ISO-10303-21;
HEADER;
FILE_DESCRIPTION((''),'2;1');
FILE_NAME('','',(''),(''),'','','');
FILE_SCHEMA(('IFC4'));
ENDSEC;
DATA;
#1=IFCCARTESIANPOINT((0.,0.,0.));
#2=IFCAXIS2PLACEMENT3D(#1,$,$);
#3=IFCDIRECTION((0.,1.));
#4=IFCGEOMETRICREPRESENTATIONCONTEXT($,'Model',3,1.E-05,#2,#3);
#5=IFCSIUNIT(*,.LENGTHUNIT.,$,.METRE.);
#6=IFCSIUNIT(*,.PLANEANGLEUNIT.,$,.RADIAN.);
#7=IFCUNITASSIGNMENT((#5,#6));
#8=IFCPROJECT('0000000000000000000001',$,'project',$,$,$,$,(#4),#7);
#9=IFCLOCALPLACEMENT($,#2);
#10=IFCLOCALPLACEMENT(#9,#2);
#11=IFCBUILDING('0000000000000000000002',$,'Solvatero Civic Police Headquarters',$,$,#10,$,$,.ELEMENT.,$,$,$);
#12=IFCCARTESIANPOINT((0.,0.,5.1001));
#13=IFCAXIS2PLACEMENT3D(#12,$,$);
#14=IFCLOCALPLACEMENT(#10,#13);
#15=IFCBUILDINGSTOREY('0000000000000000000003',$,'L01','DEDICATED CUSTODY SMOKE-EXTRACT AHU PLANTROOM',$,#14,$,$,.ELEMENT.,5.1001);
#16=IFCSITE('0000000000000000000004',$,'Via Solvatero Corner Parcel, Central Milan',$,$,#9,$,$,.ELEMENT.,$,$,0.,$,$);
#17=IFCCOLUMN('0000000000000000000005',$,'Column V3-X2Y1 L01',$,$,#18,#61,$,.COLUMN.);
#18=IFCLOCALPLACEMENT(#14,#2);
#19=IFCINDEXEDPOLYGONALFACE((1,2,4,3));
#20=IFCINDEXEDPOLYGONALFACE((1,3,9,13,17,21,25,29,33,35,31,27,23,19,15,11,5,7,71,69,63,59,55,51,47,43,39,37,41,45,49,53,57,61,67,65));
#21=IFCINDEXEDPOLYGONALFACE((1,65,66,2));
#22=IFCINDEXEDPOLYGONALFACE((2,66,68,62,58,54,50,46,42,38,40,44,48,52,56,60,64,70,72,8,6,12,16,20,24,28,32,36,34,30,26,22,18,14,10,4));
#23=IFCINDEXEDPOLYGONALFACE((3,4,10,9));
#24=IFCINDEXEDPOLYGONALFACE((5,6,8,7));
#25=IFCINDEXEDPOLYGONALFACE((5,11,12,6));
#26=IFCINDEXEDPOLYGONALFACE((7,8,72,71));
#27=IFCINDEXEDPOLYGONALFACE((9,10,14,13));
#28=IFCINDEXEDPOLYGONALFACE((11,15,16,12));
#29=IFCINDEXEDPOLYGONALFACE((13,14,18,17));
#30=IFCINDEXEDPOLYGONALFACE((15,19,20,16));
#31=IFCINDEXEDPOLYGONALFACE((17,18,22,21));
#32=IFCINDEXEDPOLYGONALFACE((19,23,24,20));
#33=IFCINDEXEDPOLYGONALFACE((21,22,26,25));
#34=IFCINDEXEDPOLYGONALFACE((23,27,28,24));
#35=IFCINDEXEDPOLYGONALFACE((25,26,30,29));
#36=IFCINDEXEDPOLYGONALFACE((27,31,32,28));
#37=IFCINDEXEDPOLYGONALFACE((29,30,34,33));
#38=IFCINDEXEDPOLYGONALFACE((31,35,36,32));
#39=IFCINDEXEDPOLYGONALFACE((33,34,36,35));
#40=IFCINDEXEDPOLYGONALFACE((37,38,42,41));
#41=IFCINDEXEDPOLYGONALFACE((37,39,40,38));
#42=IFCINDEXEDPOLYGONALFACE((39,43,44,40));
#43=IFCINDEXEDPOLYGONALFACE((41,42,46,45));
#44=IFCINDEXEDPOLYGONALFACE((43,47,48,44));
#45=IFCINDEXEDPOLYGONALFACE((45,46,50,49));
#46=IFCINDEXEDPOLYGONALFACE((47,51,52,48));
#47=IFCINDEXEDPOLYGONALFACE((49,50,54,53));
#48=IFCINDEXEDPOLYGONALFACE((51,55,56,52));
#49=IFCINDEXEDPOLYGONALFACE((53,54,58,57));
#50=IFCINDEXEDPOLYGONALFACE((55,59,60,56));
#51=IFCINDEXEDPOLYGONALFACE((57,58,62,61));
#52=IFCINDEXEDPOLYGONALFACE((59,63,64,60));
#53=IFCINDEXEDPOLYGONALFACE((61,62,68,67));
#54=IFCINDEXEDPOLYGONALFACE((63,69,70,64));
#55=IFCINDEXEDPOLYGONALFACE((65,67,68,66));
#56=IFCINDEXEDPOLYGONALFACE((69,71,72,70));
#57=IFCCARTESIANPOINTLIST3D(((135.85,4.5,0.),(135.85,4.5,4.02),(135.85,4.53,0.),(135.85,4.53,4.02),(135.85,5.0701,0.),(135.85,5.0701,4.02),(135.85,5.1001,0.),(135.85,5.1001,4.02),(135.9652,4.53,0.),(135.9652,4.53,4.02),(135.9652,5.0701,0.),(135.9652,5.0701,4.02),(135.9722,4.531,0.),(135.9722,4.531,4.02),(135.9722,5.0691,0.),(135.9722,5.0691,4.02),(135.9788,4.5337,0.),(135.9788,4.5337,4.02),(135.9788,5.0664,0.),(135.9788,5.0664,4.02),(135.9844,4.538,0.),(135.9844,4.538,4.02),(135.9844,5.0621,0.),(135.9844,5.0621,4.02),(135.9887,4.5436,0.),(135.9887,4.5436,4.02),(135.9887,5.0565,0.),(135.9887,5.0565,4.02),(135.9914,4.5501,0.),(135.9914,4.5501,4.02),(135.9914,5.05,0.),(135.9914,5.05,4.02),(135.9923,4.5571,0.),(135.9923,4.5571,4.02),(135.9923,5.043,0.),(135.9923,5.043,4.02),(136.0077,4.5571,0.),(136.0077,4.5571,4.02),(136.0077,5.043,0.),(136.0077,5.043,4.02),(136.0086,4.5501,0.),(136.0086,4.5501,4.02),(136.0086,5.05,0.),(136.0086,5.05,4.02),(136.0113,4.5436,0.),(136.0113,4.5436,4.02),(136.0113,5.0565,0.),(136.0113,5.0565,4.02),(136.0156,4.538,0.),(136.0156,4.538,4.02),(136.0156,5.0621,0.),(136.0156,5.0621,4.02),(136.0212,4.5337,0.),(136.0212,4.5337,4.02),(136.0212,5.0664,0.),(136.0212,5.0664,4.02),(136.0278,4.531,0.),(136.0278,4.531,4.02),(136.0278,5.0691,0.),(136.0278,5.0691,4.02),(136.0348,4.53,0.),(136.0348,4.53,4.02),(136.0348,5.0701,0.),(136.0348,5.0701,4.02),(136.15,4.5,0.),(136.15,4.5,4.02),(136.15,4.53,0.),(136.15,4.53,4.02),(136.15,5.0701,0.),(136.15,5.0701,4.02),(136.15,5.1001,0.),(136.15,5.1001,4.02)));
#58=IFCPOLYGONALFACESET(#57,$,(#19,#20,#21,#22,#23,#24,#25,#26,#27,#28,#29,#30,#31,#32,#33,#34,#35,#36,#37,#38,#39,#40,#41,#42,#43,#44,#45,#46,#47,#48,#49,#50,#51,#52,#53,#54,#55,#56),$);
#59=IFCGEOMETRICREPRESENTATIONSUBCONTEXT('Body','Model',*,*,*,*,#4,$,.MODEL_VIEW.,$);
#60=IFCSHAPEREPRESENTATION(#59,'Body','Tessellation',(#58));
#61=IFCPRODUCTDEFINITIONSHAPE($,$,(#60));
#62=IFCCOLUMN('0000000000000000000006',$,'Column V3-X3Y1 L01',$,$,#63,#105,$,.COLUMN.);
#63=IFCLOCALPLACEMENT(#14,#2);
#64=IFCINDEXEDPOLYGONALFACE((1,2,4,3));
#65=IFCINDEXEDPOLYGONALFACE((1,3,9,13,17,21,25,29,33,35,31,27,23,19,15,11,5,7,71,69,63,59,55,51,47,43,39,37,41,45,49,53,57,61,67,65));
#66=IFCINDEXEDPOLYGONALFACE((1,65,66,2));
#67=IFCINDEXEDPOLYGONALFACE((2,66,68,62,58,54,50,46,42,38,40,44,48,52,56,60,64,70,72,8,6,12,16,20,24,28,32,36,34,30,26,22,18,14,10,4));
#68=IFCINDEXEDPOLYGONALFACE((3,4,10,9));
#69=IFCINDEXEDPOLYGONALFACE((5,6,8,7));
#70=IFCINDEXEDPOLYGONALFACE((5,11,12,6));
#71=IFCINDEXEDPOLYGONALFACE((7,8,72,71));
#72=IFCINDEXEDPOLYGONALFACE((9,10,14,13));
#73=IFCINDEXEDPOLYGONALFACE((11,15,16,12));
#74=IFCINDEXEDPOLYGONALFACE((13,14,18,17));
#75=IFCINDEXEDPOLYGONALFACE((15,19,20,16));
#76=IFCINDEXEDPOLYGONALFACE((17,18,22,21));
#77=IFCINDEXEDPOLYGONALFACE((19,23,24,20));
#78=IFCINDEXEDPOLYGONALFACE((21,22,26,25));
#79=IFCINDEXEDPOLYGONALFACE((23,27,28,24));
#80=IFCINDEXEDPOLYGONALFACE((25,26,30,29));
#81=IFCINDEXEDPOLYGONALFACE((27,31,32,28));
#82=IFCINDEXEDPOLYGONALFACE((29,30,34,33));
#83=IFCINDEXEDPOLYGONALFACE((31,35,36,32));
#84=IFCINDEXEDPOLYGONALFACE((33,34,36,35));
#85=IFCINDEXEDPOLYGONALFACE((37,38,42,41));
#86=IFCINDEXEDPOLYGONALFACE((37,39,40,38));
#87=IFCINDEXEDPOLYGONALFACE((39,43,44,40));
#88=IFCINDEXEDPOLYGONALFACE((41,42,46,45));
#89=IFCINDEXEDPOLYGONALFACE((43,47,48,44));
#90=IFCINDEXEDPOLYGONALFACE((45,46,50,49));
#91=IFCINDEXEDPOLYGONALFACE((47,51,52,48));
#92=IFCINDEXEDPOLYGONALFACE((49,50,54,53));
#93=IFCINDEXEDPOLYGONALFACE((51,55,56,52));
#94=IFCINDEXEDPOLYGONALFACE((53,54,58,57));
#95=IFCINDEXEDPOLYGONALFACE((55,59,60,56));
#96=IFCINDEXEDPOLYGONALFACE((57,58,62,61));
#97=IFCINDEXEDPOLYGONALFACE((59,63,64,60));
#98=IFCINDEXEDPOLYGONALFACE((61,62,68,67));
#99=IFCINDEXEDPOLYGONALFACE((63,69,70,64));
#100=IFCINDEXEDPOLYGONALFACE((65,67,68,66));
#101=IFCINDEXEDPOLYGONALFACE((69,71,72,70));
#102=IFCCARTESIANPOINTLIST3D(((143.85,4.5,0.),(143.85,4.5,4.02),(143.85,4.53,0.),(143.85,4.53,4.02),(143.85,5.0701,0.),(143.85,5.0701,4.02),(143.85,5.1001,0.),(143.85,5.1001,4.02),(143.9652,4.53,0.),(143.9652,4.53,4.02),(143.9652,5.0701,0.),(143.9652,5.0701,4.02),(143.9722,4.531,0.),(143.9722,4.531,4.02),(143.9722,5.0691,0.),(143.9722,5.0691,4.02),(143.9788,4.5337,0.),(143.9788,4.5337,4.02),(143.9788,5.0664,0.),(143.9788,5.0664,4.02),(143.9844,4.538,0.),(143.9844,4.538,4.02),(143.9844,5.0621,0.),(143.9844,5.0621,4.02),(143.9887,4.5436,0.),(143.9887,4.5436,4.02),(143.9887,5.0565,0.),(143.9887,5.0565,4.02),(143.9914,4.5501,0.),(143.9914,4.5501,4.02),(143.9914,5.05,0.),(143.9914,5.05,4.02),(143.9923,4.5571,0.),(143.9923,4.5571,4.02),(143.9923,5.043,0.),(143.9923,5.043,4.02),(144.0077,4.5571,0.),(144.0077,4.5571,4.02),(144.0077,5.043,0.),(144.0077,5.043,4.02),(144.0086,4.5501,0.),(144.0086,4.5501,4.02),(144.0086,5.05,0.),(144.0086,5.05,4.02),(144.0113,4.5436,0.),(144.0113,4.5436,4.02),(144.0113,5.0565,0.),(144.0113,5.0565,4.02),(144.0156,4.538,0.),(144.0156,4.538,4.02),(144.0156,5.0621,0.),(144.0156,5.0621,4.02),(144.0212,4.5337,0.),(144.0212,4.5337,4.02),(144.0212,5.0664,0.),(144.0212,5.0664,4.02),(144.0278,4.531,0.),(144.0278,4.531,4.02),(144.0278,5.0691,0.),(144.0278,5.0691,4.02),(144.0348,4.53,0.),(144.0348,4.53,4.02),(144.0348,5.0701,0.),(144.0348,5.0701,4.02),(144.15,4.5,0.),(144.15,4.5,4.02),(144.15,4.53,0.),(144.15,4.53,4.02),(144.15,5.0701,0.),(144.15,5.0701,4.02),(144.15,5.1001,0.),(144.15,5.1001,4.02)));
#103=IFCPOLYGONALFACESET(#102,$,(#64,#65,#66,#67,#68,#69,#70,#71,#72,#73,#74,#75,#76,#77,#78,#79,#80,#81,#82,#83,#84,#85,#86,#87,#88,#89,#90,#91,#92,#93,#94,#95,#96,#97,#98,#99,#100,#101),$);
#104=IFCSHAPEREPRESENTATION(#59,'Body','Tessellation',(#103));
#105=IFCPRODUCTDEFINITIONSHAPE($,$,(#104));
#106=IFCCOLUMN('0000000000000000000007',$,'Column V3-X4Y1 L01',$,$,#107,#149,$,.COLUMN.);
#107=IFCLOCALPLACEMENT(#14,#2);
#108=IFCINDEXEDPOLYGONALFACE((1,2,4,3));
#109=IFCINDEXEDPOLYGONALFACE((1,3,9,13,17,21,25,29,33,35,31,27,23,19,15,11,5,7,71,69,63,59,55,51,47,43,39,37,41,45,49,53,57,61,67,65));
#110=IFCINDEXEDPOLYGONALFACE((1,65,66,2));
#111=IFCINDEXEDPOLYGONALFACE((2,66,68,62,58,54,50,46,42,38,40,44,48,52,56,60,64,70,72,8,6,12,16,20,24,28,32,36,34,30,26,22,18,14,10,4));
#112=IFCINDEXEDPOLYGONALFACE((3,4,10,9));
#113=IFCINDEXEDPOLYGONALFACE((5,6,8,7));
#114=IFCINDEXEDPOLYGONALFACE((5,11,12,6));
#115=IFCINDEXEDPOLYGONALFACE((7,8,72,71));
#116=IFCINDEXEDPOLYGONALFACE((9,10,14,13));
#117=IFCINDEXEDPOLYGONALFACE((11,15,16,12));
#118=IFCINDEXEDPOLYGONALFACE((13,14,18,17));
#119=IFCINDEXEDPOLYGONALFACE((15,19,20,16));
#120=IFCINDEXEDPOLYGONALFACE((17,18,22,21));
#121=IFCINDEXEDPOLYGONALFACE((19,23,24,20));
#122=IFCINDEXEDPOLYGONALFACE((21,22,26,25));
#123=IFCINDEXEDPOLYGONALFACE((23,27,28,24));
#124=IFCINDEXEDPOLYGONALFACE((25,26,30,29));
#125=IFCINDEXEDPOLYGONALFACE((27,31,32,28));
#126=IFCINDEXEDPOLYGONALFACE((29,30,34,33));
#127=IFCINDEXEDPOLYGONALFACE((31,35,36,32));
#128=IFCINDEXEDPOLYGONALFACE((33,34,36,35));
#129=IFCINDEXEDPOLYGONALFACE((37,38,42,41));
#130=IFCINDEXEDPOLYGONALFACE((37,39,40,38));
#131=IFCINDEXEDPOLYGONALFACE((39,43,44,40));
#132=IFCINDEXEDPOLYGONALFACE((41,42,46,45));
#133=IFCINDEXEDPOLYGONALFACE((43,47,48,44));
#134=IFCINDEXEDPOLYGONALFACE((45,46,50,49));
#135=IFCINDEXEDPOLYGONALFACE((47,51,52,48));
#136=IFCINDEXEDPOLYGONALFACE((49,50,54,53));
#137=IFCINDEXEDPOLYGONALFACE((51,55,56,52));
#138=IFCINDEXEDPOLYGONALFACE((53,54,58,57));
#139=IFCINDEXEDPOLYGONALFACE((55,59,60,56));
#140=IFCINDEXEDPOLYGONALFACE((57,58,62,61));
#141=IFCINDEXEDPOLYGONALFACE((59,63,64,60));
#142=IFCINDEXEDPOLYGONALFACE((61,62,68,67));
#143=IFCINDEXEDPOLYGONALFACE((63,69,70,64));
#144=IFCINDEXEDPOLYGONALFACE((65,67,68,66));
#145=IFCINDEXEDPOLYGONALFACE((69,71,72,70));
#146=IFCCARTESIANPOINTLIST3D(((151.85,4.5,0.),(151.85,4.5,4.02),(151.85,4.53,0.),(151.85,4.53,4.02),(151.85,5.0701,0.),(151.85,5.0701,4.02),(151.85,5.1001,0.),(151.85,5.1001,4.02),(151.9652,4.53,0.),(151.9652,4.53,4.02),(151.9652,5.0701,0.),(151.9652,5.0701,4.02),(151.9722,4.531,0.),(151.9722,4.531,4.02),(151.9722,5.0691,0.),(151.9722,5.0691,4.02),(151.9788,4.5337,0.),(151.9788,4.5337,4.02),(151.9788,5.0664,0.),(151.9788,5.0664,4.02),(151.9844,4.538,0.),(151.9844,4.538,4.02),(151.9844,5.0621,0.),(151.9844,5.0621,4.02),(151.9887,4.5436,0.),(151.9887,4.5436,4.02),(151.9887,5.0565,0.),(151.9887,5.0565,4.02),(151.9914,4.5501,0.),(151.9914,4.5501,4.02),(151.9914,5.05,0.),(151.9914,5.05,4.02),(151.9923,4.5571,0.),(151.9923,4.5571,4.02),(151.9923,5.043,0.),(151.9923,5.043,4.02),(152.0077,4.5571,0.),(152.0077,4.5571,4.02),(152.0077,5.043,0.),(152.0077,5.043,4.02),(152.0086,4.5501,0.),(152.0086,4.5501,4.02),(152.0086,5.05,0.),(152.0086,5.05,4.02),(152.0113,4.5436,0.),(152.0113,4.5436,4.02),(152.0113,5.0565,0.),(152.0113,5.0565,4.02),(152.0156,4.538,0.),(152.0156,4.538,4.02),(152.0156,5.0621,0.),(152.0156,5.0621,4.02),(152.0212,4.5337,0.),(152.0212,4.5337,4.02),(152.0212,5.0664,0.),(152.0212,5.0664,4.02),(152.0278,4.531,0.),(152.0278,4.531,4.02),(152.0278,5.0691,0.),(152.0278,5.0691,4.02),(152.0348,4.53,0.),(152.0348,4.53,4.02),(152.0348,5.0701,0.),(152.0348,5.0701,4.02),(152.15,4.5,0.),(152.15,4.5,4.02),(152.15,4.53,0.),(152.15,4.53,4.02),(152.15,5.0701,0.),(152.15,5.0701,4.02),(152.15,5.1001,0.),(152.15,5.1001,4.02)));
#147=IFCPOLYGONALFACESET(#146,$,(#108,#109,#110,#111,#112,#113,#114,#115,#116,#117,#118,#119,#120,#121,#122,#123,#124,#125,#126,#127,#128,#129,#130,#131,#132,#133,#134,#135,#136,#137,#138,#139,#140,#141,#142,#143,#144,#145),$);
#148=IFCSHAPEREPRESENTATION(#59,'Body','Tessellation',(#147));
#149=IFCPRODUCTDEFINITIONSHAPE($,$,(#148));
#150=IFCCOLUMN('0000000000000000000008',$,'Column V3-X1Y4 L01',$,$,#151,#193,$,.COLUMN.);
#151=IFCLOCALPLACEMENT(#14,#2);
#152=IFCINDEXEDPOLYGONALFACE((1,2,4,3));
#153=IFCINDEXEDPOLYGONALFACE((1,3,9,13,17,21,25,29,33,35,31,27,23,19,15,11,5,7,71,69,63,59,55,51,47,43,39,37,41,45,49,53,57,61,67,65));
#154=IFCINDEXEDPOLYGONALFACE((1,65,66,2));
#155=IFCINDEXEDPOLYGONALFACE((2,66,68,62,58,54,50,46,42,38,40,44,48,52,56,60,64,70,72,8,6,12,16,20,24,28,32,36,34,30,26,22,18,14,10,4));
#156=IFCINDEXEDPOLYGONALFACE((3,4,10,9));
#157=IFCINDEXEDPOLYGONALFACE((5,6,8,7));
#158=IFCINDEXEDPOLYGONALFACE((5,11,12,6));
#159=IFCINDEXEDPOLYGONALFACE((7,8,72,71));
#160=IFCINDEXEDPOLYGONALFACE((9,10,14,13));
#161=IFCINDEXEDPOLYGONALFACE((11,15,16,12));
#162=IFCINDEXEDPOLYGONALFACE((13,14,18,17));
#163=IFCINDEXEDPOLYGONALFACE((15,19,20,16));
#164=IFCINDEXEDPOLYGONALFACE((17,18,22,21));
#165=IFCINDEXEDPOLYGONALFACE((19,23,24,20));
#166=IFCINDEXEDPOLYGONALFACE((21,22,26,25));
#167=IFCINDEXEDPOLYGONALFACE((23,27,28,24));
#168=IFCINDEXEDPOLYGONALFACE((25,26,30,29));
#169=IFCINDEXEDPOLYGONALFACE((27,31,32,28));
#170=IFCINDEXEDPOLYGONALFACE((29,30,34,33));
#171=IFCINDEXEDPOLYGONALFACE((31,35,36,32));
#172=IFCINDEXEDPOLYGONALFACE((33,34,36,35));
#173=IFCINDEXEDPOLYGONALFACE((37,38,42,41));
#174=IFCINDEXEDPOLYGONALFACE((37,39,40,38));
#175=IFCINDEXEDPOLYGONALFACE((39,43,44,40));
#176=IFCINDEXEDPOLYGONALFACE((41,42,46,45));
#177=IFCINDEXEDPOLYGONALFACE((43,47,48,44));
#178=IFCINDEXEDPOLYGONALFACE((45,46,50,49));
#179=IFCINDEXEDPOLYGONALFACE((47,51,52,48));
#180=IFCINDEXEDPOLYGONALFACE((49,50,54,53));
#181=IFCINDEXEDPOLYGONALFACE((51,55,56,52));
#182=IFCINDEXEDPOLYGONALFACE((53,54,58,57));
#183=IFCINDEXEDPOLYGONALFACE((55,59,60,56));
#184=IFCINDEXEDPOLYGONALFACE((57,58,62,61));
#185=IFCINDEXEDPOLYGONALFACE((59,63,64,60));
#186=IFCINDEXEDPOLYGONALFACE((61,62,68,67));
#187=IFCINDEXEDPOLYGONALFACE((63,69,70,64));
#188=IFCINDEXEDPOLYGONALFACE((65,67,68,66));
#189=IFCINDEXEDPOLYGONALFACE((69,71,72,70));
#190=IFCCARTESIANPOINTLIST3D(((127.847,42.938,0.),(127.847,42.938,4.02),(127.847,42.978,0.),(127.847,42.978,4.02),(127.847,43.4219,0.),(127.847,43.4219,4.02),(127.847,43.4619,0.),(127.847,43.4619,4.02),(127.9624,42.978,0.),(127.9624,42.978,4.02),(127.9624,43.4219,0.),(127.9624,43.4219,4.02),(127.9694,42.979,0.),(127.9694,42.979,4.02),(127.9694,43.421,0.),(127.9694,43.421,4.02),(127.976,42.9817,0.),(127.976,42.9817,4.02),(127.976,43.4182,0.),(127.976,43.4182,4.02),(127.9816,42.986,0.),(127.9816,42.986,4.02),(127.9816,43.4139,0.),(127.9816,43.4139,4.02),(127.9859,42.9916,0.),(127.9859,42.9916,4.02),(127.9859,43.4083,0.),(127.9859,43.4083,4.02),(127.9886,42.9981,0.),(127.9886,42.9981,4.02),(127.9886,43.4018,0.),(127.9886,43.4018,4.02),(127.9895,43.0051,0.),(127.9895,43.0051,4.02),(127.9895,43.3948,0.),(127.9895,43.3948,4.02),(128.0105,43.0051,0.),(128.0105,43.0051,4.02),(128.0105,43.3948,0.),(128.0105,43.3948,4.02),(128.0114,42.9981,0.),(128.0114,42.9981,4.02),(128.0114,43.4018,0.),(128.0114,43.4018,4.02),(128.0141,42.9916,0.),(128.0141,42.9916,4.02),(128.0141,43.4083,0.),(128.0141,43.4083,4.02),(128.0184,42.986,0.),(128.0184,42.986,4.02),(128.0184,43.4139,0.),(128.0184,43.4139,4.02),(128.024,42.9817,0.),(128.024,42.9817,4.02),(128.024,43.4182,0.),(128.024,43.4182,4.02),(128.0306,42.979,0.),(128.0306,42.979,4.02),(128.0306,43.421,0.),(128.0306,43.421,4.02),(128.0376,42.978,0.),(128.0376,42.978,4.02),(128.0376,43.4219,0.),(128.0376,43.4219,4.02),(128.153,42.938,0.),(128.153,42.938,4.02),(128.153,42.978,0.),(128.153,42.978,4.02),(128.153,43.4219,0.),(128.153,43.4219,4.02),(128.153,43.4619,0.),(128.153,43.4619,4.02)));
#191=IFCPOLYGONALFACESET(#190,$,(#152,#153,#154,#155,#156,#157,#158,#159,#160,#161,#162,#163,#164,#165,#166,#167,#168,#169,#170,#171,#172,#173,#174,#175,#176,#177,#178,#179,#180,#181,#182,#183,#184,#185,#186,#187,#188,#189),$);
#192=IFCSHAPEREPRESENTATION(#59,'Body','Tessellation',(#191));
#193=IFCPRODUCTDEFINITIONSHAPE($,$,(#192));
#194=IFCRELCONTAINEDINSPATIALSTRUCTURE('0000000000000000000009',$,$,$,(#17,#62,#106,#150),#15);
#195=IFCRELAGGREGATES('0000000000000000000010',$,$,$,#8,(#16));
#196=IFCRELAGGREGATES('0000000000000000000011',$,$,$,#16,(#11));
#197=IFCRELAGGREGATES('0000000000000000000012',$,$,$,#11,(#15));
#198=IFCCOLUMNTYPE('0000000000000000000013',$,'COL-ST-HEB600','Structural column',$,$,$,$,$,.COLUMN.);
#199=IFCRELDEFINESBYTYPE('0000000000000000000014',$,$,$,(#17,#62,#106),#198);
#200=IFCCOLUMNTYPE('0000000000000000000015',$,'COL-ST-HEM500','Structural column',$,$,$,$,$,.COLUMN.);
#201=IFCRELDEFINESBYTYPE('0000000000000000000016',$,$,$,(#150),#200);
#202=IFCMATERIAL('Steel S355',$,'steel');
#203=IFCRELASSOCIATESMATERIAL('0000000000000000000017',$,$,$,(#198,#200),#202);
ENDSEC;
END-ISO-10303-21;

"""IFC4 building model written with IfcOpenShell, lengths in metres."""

from ifc_helpers import new_model, si_unit, direction, frame, origin, origin_2d, place, context, subcontext, project, spatial, i_section, extrude, material, material_profile, profile_set, type_object, element, save


model = new_model("IFC4")

# Units and contexts
model_context = context("Model", 3, precision=1e-05, world=origin(), true_north=direction((0.0, 1.0)))
body_context = subcontext(model_context, "Body", "Model", "MODEL_VIEW")
ifc_project = project(units=[si_unit("LENGTHUNIT", "METRE"), si_unit("PLANEANGLEUNIT", "RADIAN")], contexts=[model_context])

# Site, building, storey
site_placement = place(None, origin())
site = spatial("IfcSite", under=ifc_project, at=site_placement, Name="Via Solvatero Corner Parcel, Central Milan", CompositionType="ELEMENT", RefElevation=0.0)
building_placement = place(site_placement, origin())
building = spatial("IfcBuilding", under=site, at=building_placement, Name="Solvatero Civic Police Headquarters", CompositionType="ELEMENT")
storey_placement = place(building_placement, frame((0.0, 0.0, 5.1001)))
storey = spatial("IfcBuildingStorey", under=building, at=storey_placement, Name="L01", Description="DEDICATED CUSTODY SMOKE-EXTRACT AHU PLANTROOM", CompositionType="ELEMENT", Elevation=5.1001)

# Columns
ifc_material_1 = material(Name="Steel S355", Category="steel")
ifc_material_profile_1 = material_profile(ifc_material_1, i_section(OverallWidth=0.3, OverallDepth=0.6001, WebThickness=0.0154, FlangeThickness=0.03, FilletRadius=0.0271, at=origin_2d()), Name="HEB 600")
ifc_profile_set_1 = profile_set([ifc_material_profile_1], Name="Steel S355")
column_type_1 = type_object("IfcColumnType", Name="COL-ST-HEB600", Description="Structural column", PredefinedType="COLUMN", material=ifc_profile_set_1)
for number, where, z_axis, x_axis, name in (
    (1, (136.0, 4.8, 0.0), (0.0, 0.0, 1.0), (1.0, 0.0, 0.0), "Column V3-X2Y1 L01"),
    (2, (144.0, 4.8, 0.0), (0.0, 0.0, 1.0), (1.0, 0.0, 0.0), "Column V3-X3Y1 L01"),
    (3, (152.0, 4.8, 0.0), (0.0, 0.0, 1.0), (1.0, 0.0, 0.0), "Column V3-X4Y1 L01"),
):
    element("IfcColumn", number, at=place(storey_placement, frame(where, z_axis=z_axis, x_axis=x_axis)), inside=storey, type_object=column_type_1, Name=name, PredefinedType="COLUMN", context=body_context, shape_type="SweptSolid", body=[
        extrude(i_section(OverallWidth=0.3, OverallDepth=0.6001, WebThickness=0.0154, FlangeThickness=0.03, FilletRadius=0.0271, at=origin_2d()), origin(), (0.0, 0.0, 1.0), 4.02),
    ])
ifc_material_profile_2 = material_profile(ifc_material_1, i_section(OverallWidth=0.3059, OverallDepth=0.5239, WebThickness=0.021, FlangeThickness=0.04, FilletRadius=0.0271, at=origin_2d()), Name="HEM 500")
ifc_profile_set_2 = profile_set([ifc_material_profile_2], Name="Steel S355")
column_type_2 = type_object("IfcColumnType", Name="COL-ST-HEM500", Description="Structural column", PredefinedType="COLUMN", material=ifc_profile_set_2)
for number, where, z_axis, x_axis, name in (
    (4, (128.0, 43.2, 0.0), (0.0, 0.0, 1.0), (1.0, 0.0, 0.0), "Column V3-X1Y4 L01"),
):
    element("IfcColumn", number, at=place(storey_placement, frame(where, z_axis=z_axis, x_axis=x_axis)), inside=storey, type_object=column_type_2, Name=name, PredefinedType="COLUMN", context=body_context, shape_type="SweptSolid", body=[
        extrude(i_section(OverallWidth=0.3059, OverallDepth=0.5239, WebThickness=0.021, FlangeThickness=0.04, FilletRadius=0.0271, at=origin_2d()), origin(), (0.0, 0.0, 1.0), 4.02),
    ])

save(model, "model.ifc")
